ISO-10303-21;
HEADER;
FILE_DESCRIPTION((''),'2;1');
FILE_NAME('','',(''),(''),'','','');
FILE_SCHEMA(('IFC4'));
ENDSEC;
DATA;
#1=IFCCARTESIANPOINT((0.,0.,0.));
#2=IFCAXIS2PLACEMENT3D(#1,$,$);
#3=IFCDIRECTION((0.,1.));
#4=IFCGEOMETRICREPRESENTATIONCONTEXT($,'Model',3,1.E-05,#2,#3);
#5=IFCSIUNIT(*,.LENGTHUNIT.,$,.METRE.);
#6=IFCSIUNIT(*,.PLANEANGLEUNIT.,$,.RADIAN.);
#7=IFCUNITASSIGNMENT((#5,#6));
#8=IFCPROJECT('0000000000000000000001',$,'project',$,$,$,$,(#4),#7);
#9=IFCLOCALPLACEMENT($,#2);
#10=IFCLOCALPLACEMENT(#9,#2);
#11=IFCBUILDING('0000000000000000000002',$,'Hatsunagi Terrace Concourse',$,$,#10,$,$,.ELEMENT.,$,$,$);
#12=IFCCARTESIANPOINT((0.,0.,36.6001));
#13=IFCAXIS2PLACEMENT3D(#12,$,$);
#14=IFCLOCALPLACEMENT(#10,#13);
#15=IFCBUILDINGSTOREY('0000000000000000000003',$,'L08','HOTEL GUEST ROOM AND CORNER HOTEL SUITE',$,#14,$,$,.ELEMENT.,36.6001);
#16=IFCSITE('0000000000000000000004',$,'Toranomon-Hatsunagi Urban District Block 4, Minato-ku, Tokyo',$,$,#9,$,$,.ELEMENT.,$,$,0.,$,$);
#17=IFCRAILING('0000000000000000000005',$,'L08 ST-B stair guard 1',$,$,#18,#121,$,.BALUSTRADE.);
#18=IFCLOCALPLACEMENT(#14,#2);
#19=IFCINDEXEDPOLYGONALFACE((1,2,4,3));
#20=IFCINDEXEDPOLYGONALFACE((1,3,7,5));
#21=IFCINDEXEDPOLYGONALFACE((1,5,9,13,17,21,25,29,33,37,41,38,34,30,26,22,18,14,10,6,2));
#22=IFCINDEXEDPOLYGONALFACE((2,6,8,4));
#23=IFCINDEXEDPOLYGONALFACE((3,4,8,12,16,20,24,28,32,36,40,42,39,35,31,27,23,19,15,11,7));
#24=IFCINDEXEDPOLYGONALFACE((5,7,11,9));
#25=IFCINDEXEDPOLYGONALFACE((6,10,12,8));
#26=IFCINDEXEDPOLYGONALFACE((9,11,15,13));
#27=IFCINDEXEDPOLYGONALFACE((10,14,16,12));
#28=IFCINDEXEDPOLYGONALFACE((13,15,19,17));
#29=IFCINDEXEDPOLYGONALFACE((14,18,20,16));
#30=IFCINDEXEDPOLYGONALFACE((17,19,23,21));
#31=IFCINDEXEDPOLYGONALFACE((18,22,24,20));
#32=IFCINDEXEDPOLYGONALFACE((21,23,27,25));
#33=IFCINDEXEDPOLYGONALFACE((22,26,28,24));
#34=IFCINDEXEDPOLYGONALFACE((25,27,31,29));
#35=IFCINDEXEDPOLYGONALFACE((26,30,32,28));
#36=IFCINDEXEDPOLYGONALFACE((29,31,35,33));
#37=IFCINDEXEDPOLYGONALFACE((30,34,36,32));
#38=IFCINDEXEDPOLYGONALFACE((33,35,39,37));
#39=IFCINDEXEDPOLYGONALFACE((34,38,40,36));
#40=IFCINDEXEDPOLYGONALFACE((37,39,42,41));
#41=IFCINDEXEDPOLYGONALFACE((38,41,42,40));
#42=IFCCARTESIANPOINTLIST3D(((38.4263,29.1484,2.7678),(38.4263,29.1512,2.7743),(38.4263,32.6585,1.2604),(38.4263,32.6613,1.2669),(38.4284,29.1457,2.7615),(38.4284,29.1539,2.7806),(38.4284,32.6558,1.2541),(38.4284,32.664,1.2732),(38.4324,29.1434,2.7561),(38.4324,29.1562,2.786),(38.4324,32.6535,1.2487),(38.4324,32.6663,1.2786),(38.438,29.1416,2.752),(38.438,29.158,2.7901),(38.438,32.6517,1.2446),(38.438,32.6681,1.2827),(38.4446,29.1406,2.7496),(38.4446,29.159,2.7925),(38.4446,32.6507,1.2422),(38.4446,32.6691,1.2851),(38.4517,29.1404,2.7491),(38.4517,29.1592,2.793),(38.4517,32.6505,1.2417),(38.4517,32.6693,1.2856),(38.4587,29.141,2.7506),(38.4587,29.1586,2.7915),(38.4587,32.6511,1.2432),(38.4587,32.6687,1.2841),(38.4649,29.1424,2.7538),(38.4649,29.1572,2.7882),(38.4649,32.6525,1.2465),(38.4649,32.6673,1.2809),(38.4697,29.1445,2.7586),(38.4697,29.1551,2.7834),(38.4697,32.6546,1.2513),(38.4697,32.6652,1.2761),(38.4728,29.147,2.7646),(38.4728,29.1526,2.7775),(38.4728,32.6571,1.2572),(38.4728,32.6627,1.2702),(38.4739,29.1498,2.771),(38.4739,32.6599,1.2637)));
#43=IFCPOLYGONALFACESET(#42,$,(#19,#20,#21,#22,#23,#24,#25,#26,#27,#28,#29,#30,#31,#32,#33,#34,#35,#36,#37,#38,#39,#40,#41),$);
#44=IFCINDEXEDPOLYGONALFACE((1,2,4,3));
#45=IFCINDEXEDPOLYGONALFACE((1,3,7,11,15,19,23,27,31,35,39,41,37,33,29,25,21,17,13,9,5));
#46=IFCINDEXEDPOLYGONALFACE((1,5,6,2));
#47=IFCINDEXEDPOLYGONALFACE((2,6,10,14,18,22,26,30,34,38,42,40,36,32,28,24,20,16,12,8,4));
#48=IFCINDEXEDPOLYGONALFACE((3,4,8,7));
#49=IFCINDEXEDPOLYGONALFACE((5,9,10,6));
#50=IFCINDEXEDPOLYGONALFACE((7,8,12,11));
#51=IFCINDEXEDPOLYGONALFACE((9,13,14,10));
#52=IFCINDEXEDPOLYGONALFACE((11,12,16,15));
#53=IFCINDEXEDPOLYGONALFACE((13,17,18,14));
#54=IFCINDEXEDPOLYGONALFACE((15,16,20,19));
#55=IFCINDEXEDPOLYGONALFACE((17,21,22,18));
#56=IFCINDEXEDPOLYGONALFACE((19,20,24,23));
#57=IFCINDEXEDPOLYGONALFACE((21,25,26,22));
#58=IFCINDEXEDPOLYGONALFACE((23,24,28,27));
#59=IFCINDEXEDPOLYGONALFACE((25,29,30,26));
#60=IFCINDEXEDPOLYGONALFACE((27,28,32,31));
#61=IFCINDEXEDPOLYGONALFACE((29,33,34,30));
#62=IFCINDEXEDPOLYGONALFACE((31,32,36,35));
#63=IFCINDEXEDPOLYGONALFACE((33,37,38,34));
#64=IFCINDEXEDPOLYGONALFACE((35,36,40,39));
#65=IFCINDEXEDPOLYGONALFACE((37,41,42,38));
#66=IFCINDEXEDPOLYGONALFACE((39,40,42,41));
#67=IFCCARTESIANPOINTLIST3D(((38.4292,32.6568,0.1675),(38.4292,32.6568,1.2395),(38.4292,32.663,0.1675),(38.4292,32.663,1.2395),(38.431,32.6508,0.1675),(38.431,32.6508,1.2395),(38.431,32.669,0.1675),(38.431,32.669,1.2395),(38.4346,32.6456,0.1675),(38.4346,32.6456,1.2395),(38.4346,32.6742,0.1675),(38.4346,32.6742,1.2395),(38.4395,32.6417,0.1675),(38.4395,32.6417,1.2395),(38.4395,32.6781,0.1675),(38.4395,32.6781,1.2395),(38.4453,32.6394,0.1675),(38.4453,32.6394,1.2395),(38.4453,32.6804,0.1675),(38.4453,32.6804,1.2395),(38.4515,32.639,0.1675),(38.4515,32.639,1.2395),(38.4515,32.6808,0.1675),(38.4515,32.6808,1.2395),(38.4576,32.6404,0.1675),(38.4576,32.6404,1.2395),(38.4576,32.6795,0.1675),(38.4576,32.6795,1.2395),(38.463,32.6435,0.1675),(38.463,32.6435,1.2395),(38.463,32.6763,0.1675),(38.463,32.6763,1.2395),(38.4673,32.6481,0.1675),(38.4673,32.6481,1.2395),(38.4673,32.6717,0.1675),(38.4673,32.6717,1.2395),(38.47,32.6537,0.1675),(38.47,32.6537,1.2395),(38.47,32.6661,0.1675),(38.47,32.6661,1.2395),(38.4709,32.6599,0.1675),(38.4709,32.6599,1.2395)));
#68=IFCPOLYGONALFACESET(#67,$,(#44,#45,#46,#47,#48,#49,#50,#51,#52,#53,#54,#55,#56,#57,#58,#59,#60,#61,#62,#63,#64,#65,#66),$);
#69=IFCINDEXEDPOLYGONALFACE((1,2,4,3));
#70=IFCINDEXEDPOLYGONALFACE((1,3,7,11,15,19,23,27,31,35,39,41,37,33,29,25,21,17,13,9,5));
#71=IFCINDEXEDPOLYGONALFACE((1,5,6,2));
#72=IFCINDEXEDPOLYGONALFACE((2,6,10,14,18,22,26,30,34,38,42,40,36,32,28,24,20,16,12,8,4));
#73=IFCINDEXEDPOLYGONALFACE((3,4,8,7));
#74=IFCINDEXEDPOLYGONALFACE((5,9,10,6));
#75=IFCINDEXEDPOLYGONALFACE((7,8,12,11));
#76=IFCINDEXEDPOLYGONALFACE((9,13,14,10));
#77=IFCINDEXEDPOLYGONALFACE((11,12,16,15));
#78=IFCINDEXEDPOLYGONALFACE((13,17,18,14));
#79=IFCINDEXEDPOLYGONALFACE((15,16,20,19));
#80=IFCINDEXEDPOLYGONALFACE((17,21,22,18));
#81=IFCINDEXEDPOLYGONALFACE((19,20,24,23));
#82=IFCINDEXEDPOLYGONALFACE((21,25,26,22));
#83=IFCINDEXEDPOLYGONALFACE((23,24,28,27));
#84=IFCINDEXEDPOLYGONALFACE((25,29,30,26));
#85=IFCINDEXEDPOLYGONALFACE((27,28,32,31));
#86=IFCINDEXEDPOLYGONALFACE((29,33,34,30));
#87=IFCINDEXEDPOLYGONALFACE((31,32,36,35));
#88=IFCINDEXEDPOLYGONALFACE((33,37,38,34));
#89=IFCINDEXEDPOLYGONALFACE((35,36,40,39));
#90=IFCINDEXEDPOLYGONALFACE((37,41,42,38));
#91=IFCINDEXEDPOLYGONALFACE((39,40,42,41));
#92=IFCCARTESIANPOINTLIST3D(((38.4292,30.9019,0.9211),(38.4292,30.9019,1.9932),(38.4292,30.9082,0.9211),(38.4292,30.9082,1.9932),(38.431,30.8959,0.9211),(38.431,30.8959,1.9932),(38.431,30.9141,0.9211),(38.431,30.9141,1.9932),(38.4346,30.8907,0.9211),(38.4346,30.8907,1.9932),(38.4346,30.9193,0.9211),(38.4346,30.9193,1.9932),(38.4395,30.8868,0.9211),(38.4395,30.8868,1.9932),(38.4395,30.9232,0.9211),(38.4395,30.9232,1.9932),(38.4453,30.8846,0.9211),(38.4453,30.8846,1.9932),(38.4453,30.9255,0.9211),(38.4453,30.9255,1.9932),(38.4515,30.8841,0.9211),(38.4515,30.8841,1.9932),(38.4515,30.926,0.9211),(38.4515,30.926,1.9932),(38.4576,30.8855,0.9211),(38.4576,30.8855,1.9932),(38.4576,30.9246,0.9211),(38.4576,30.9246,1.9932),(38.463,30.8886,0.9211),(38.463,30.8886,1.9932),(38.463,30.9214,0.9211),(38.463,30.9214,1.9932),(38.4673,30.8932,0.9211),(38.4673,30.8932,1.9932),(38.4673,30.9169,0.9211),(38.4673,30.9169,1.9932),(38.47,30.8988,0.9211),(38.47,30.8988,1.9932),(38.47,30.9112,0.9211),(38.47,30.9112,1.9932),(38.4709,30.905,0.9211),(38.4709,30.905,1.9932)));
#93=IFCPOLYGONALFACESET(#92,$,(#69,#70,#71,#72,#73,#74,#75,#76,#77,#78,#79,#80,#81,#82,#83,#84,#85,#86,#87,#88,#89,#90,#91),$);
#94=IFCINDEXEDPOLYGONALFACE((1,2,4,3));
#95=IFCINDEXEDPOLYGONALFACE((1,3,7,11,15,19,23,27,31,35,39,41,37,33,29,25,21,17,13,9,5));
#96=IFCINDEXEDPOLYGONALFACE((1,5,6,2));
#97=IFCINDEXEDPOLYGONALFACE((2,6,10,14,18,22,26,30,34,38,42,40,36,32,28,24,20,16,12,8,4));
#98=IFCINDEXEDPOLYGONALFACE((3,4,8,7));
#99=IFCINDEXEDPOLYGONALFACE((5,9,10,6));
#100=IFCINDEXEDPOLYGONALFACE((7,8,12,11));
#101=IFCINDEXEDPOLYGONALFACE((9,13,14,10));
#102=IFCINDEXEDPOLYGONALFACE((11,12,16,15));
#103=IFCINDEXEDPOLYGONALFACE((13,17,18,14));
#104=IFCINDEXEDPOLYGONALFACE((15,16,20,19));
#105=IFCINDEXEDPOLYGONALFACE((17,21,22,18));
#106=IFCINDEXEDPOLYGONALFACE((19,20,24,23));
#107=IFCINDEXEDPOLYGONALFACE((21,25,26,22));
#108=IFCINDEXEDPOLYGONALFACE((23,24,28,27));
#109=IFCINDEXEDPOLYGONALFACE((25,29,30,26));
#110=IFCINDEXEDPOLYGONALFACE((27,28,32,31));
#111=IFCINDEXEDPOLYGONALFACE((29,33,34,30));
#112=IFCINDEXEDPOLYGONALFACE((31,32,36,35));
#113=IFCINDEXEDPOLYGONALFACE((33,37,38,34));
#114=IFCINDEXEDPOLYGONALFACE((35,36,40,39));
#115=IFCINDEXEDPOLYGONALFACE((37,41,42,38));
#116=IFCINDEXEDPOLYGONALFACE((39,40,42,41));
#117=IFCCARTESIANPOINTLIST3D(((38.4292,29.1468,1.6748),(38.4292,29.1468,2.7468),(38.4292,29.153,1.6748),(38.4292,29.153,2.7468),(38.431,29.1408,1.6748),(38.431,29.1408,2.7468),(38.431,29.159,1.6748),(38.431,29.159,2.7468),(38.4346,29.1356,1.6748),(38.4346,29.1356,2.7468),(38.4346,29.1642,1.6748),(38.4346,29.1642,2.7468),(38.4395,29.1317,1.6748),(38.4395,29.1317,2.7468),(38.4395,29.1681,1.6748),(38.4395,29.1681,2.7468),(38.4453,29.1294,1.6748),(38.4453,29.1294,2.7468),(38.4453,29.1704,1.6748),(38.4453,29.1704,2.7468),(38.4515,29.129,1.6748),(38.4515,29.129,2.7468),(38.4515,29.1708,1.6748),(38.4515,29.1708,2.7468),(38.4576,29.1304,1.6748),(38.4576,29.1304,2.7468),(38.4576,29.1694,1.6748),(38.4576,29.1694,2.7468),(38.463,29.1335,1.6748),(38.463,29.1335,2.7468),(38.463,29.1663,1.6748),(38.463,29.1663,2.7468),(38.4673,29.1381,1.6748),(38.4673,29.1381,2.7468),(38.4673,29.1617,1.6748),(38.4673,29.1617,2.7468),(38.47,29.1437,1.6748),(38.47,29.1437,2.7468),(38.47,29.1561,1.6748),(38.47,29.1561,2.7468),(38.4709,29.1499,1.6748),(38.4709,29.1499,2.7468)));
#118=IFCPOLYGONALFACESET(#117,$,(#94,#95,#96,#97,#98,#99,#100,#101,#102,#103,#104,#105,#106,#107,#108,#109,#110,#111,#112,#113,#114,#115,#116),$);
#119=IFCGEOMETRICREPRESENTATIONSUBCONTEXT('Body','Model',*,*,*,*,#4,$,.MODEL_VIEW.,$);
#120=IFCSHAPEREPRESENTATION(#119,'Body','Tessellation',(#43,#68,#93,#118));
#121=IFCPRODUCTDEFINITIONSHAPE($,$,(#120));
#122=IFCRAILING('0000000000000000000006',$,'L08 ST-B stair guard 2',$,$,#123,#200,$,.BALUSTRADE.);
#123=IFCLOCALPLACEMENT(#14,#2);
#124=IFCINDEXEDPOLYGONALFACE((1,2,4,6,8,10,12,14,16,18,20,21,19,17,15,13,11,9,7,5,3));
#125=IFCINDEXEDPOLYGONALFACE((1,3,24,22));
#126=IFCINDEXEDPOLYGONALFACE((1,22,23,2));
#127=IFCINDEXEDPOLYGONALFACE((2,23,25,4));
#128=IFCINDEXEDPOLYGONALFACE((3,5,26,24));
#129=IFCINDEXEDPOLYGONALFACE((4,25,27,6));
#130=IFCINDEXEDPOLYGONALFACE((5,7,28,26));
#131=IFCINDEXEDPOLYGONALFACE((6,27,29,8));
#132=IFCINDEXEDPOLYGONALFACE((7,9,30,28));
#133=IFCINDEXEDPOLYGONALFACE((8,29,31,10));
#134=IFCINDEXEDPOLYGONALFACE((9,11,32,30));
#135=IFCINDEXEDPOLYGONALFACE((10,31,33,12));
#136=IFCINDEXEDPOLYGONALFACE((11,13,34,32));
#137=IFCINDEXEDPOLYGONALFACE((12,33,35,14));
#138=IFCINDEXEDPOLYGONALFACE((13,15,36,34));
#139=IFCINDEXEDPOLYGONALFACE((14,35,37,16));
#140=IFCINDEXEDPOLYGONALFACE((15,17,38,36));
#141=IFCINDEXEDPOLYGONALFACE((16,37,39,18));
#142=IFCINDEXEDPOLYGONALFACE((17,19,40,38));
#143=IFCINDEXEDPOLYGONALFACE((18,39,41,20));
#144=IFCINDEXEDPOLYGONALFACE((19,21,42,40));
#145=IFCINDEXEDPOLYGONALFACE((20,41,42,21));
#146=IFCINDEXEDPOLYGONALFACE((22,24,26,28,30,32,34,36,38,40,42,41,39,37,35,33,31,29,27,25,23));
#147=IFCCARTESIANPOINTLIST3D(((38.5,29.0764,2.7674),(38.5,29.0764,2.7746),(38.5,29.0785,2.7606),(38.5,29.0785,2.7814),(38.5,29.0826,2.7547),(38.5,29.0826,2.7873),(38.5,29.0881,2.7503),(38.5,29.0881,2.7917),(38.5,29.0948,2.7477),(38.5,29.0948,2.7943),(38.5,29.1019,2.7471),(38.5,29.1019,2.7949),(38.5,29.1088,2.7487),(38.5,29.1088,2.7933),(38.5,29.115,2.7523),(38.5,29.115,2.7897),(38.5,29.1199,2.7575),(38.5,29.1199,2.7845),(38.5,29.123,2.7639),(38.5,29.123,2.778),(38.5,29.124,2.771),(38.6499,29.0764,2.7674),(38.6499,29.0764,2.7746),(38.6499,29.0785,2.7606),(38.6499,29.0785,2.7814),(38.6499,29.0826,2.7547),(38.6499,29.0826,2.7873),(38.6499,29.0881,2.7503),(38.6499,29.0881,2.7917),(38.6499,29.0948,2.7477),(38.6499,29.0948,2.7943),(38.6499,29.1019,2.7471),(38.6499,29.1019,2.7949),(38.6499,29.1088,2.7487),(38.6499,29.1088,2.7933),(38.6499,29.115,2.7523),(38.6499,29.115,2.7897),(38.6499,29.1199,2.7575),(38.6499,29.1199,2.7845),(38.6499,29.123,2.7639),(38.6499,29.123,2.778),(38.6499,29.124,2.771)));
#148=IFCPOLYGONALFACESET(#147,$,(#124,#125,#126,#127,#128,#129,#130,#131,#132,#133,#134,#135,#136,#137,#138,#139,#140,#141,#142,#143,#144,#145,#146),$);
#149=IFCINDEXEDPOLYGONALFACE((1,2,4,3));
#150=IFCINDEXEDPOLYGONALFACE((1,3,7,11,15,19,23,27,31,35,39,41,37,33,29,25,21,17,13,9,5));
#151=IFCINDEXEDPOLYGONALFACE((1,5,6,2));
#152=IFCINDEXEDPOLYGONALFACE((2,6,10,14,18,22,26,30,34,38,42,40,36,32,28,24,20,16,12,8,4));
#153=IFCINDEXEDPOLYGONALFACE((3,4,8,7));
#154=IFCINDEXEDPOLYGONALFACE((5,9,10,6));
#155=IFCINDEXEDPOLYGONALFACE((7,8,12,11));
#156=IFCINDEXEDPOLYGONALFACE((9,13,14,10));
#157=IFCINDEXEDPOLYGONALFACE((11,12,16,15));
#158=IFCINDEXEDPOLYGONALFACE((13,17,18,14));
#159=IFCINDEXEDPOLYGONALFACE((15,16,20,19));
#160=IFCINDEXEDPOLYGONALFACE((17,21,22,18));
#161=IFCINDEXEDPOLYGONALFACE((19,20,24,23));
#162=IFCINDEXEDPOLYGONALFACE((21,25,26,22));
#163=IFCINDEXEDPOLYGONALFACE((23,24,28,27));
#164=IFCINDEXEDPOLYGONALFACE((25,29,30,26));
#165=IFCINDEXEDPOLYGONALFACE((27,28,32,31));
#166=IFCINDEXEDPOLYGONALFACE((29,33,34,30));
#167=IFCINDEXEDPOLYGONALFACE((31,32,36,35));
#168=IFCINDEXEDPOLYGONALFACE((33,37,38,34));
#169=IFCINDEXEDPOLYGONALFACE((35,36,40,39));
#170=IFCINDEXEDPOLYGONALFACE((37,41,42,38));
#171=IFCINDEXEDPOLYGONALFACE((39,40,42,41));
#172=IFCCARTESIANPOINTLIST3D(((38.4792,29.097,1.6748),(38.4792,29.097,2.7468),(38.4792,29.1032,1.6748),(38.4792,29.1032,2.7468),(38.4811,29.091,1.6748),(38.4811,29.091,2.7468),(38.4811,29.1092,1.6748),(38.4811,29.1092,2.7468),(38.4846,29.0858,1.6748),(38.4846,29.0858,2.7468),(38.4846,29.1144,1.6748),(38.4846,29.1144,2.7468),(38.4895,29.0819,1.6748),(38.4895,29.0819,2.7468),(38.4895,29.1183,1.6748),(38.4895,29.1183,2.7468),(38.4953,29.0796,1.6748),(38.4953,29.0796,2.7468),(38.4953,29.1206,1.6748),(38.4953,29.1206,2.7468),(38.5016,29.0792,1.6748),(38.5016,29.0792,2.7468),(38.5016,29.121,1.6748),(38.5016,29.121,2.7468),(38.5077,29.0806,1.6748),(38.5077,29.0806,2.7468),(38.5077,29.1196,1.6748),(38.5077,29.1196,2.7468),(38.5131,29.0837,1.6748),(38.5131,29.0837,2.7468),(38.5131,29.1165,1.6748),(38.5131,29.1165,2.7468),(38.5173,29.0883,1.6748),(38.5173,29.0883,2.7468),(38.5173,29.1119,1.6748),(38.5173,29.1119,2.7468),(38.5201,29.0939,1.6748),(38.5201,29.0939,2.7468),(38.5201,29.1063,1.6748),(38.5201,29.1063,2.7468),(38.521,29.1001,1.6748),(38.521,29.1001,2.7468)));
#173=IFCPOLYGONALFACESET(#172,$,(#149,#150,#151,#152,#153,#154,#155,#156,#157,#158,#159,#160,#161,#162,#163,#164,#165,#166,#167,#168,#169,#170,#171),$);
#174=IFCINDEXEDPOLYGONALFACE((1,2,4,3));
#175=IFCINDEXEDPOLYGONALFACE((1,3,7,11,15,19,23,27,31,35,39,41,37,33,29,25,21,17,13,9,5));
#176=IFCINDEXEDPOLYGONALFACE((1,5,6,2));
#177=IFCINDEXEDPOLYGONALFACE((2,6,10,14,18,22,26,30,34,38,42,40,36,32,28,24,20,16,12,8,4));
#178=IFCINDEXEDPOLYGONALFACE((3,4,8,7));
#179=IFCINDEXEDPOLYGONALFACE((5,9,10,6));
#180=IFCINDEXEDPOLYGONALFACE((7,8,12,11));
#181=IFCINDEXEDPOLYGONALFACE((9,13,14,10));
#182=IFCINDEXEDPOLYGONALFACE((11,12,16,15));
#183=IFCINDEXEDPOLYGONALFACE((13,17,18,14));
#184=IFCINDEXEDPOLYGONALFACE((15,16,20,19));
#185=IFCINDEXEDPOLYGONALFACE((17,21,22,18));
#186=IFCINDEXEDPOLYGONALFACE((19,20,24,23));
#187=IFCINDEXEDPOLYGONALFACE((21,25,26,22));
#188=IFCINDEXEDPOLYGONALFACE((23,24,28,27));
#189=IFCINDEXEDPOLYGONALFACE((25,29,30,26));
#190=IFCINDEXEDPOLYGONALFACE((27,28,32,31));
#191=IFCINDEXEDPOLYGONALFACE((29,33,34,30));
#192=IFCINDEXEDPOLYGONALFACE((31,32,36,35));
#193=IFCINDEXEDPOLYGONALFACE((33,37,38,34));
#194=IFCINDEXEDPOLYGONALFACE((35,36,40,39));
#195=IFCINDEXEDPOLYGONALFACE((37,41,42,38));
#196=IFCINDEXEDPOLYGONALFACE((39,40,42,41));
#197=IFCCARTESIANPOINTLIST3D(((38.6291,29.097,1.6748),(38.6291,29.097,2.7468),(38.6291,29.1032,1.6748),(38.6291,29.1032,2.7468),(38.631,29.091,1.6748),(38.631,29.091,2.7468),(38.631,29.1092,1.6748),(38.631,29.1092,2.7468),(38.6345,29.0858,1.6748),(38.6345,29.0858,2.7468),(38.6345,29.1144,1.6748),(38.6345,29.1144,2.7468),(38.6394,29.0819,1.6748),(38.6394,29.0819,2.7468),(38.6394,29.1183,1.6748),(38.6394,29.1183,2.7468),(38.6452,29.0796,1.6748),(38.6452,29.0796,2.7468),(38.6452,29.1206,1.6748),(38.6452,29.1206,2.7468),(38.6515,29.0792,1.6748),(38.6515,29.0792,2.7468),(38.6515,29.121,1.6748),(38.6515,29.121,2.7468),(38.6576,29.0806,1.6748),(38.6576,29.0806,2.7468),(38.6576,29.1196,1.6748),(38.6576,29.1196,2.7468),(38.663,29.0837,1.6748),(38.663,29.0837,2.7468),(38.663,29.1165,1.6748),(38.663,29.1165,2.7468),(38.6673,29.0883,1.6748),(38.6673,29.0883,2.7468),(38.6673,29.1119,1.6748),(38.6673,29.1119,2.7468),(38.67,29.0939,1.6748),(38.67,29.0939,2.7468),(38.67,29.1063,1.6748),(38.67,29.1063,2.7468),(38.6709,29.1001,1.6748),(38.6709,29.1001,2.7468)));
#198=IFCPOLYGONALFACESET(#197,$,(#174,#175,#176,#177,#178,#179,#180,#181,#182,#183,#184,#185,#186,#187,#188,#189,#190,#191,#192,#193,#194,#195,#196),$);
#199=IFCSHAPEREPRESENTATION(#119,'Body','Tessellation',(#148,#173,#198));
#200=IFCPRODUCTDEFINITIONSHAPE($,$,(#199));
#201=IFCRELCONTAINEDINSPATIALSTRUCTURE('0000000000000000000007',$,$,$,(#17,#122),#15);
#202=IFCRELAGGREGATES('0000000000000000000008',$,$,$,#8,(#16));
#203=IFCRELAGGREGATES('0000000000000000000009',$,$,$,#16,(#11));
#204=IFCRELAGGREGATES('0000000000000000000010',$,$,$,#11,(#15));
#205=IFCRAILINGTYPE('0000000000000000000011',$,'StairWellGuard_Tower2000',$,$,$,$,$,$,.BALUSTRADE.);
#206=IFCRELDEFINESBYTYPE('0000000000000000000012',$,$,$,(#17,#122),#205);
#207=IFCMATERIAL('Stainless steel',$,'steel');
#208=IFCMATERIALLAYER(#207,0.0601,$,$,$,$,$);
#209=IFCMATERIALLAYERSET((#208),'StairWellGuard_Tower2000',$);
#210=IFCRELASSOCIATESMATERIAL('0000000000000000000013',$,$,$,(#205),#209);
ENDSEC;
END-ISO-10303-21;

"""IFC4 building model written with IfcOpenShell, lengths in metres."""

from ifc_helpers import new_model, si_unit, direction, frame, origin, origin_2d, place, context, subcontext, project, spatial, circle, extrude, material, layer, layer_set, type_object, element, save


model = new_model("IFC4")

# Units and contexts
model_context = context("Model", 3, precision=1e-05, world=origin(), true_north=direction((0.0, 1.0)))
body_context = subcontext(model_context, "Body", "Model", "MODEL_VIEW")
ifc_project = project(units=[si_unit("LENGTHUNIT", "METRE"), si_unit("PLANEANGLEUNIT", "RADIAN")], contexts=[model_context])

# Site, building, storey
site_placement = place(None, origin())
site = spatial("IfcSite", under=ifc_project, at=site_placement, Name="Toranomon-Hatsunagi Urban District Block 4, Minato-ku, Tokyo", CompositionType="ELEMENT", RefElevation=0.0)
building_placement = place(site_placement, origin())
building = spatial("IfcBuilding", under=site, at=building_placement, Name="Hatsunagi Terrace Concourse", CompositionType="ELEMENT")
storey_placement = place(building_placement, frame((0.0, 0.0, 36.6001)))
storey = spatial("IfcBuildingStorey", under=building, at=storey_placement, Name="L08", Description="HOTEL GUEST ROOM AND CORNER HOTEL SUITE", CompositionType="ELEMENT", Elevation=36.6001)

# Railings
ifc_material_1 = material(Name="Stainless steel", Category="steel")
ifc_layer_1 = layer(ifc_material_1, 0.0601)
ifc_layer_set_1 = layer_set([ifc_layer_1], Name="StairWellGuard_Tower2000")
railing_type_1 = type_object("IfcRailingType", Name="StairWellGuard_Tower2000", PredefinedType="BALUSTRADE", material=ifc_layer_set_1)
railing_1_placement = place(storey_placement, frame((38.45, 32.6599, 0.1675)))
element("IfcRailing", 1, at=railing_1_placement, inside=storey, type_object=railing_type_1, Name="L08 ST-B stair guard 1", PredefinedType="BALUSTRADE", context=body_context, shape_type="SweptSolid", body=[
    extrude(circle(Radius=0.0239, at=origin_2d()), frame((0.0, 0.0, 1.0962), z_axis=(0.0, -0.918857, 0.39459), x_axis=(1.0, 0.0, 0.0)), (0.0, 0.0, 1.0), 3.8201),
    extrude(circle(Radius=0.021, at=origin_2d()), origin(), (0.0, 0.0, 1.0), 1.072),
    extrude(circle(Radius=0.021, at=origin_2d()), frame((0.0, -1.7549, 0.7537)), (0.0, 0.0, 1.0), 1.072),
    extrude(circle(Radius=0.021, at=origin_2d()), frame((0.0, -3.51, 1.5073)), (0.0, 0.0, 1.0), 1.072),
])
railing_2_placement = place(storey_placement, frame((38.5, 29.1001, 1.6748)))
element("IfcRailing", 2, at=railing_2_placement, inside=storey, type_object=railing_type_1, Name="L08 ST-B stair guard 2", PredefinedType="BALUSTRADE", context=body_context, shape_type="SweptSolid", body=[
    extrude(circle(Radius=0.0239, at=origin_2d()), frame((0.0, 0.0, 1.0962), z_axis=(1.0, 0.0, 0.0), x_axis=(0.0, 1.0, 0.0)), (0.0, 0.0, 1.0), 0.1499),
    extrude(circle(Radius=0.021, at=origin_2d()), origin(), (0.0, 0.0, 1.0), 1.072),
    extrude(circle(Radius=0.021, at=origin_2d()), frame((0.1499, 0.0, 0.0)), (0.0, 0.0, 1.0), 1.072),
])

save(model, "model.ifc")
